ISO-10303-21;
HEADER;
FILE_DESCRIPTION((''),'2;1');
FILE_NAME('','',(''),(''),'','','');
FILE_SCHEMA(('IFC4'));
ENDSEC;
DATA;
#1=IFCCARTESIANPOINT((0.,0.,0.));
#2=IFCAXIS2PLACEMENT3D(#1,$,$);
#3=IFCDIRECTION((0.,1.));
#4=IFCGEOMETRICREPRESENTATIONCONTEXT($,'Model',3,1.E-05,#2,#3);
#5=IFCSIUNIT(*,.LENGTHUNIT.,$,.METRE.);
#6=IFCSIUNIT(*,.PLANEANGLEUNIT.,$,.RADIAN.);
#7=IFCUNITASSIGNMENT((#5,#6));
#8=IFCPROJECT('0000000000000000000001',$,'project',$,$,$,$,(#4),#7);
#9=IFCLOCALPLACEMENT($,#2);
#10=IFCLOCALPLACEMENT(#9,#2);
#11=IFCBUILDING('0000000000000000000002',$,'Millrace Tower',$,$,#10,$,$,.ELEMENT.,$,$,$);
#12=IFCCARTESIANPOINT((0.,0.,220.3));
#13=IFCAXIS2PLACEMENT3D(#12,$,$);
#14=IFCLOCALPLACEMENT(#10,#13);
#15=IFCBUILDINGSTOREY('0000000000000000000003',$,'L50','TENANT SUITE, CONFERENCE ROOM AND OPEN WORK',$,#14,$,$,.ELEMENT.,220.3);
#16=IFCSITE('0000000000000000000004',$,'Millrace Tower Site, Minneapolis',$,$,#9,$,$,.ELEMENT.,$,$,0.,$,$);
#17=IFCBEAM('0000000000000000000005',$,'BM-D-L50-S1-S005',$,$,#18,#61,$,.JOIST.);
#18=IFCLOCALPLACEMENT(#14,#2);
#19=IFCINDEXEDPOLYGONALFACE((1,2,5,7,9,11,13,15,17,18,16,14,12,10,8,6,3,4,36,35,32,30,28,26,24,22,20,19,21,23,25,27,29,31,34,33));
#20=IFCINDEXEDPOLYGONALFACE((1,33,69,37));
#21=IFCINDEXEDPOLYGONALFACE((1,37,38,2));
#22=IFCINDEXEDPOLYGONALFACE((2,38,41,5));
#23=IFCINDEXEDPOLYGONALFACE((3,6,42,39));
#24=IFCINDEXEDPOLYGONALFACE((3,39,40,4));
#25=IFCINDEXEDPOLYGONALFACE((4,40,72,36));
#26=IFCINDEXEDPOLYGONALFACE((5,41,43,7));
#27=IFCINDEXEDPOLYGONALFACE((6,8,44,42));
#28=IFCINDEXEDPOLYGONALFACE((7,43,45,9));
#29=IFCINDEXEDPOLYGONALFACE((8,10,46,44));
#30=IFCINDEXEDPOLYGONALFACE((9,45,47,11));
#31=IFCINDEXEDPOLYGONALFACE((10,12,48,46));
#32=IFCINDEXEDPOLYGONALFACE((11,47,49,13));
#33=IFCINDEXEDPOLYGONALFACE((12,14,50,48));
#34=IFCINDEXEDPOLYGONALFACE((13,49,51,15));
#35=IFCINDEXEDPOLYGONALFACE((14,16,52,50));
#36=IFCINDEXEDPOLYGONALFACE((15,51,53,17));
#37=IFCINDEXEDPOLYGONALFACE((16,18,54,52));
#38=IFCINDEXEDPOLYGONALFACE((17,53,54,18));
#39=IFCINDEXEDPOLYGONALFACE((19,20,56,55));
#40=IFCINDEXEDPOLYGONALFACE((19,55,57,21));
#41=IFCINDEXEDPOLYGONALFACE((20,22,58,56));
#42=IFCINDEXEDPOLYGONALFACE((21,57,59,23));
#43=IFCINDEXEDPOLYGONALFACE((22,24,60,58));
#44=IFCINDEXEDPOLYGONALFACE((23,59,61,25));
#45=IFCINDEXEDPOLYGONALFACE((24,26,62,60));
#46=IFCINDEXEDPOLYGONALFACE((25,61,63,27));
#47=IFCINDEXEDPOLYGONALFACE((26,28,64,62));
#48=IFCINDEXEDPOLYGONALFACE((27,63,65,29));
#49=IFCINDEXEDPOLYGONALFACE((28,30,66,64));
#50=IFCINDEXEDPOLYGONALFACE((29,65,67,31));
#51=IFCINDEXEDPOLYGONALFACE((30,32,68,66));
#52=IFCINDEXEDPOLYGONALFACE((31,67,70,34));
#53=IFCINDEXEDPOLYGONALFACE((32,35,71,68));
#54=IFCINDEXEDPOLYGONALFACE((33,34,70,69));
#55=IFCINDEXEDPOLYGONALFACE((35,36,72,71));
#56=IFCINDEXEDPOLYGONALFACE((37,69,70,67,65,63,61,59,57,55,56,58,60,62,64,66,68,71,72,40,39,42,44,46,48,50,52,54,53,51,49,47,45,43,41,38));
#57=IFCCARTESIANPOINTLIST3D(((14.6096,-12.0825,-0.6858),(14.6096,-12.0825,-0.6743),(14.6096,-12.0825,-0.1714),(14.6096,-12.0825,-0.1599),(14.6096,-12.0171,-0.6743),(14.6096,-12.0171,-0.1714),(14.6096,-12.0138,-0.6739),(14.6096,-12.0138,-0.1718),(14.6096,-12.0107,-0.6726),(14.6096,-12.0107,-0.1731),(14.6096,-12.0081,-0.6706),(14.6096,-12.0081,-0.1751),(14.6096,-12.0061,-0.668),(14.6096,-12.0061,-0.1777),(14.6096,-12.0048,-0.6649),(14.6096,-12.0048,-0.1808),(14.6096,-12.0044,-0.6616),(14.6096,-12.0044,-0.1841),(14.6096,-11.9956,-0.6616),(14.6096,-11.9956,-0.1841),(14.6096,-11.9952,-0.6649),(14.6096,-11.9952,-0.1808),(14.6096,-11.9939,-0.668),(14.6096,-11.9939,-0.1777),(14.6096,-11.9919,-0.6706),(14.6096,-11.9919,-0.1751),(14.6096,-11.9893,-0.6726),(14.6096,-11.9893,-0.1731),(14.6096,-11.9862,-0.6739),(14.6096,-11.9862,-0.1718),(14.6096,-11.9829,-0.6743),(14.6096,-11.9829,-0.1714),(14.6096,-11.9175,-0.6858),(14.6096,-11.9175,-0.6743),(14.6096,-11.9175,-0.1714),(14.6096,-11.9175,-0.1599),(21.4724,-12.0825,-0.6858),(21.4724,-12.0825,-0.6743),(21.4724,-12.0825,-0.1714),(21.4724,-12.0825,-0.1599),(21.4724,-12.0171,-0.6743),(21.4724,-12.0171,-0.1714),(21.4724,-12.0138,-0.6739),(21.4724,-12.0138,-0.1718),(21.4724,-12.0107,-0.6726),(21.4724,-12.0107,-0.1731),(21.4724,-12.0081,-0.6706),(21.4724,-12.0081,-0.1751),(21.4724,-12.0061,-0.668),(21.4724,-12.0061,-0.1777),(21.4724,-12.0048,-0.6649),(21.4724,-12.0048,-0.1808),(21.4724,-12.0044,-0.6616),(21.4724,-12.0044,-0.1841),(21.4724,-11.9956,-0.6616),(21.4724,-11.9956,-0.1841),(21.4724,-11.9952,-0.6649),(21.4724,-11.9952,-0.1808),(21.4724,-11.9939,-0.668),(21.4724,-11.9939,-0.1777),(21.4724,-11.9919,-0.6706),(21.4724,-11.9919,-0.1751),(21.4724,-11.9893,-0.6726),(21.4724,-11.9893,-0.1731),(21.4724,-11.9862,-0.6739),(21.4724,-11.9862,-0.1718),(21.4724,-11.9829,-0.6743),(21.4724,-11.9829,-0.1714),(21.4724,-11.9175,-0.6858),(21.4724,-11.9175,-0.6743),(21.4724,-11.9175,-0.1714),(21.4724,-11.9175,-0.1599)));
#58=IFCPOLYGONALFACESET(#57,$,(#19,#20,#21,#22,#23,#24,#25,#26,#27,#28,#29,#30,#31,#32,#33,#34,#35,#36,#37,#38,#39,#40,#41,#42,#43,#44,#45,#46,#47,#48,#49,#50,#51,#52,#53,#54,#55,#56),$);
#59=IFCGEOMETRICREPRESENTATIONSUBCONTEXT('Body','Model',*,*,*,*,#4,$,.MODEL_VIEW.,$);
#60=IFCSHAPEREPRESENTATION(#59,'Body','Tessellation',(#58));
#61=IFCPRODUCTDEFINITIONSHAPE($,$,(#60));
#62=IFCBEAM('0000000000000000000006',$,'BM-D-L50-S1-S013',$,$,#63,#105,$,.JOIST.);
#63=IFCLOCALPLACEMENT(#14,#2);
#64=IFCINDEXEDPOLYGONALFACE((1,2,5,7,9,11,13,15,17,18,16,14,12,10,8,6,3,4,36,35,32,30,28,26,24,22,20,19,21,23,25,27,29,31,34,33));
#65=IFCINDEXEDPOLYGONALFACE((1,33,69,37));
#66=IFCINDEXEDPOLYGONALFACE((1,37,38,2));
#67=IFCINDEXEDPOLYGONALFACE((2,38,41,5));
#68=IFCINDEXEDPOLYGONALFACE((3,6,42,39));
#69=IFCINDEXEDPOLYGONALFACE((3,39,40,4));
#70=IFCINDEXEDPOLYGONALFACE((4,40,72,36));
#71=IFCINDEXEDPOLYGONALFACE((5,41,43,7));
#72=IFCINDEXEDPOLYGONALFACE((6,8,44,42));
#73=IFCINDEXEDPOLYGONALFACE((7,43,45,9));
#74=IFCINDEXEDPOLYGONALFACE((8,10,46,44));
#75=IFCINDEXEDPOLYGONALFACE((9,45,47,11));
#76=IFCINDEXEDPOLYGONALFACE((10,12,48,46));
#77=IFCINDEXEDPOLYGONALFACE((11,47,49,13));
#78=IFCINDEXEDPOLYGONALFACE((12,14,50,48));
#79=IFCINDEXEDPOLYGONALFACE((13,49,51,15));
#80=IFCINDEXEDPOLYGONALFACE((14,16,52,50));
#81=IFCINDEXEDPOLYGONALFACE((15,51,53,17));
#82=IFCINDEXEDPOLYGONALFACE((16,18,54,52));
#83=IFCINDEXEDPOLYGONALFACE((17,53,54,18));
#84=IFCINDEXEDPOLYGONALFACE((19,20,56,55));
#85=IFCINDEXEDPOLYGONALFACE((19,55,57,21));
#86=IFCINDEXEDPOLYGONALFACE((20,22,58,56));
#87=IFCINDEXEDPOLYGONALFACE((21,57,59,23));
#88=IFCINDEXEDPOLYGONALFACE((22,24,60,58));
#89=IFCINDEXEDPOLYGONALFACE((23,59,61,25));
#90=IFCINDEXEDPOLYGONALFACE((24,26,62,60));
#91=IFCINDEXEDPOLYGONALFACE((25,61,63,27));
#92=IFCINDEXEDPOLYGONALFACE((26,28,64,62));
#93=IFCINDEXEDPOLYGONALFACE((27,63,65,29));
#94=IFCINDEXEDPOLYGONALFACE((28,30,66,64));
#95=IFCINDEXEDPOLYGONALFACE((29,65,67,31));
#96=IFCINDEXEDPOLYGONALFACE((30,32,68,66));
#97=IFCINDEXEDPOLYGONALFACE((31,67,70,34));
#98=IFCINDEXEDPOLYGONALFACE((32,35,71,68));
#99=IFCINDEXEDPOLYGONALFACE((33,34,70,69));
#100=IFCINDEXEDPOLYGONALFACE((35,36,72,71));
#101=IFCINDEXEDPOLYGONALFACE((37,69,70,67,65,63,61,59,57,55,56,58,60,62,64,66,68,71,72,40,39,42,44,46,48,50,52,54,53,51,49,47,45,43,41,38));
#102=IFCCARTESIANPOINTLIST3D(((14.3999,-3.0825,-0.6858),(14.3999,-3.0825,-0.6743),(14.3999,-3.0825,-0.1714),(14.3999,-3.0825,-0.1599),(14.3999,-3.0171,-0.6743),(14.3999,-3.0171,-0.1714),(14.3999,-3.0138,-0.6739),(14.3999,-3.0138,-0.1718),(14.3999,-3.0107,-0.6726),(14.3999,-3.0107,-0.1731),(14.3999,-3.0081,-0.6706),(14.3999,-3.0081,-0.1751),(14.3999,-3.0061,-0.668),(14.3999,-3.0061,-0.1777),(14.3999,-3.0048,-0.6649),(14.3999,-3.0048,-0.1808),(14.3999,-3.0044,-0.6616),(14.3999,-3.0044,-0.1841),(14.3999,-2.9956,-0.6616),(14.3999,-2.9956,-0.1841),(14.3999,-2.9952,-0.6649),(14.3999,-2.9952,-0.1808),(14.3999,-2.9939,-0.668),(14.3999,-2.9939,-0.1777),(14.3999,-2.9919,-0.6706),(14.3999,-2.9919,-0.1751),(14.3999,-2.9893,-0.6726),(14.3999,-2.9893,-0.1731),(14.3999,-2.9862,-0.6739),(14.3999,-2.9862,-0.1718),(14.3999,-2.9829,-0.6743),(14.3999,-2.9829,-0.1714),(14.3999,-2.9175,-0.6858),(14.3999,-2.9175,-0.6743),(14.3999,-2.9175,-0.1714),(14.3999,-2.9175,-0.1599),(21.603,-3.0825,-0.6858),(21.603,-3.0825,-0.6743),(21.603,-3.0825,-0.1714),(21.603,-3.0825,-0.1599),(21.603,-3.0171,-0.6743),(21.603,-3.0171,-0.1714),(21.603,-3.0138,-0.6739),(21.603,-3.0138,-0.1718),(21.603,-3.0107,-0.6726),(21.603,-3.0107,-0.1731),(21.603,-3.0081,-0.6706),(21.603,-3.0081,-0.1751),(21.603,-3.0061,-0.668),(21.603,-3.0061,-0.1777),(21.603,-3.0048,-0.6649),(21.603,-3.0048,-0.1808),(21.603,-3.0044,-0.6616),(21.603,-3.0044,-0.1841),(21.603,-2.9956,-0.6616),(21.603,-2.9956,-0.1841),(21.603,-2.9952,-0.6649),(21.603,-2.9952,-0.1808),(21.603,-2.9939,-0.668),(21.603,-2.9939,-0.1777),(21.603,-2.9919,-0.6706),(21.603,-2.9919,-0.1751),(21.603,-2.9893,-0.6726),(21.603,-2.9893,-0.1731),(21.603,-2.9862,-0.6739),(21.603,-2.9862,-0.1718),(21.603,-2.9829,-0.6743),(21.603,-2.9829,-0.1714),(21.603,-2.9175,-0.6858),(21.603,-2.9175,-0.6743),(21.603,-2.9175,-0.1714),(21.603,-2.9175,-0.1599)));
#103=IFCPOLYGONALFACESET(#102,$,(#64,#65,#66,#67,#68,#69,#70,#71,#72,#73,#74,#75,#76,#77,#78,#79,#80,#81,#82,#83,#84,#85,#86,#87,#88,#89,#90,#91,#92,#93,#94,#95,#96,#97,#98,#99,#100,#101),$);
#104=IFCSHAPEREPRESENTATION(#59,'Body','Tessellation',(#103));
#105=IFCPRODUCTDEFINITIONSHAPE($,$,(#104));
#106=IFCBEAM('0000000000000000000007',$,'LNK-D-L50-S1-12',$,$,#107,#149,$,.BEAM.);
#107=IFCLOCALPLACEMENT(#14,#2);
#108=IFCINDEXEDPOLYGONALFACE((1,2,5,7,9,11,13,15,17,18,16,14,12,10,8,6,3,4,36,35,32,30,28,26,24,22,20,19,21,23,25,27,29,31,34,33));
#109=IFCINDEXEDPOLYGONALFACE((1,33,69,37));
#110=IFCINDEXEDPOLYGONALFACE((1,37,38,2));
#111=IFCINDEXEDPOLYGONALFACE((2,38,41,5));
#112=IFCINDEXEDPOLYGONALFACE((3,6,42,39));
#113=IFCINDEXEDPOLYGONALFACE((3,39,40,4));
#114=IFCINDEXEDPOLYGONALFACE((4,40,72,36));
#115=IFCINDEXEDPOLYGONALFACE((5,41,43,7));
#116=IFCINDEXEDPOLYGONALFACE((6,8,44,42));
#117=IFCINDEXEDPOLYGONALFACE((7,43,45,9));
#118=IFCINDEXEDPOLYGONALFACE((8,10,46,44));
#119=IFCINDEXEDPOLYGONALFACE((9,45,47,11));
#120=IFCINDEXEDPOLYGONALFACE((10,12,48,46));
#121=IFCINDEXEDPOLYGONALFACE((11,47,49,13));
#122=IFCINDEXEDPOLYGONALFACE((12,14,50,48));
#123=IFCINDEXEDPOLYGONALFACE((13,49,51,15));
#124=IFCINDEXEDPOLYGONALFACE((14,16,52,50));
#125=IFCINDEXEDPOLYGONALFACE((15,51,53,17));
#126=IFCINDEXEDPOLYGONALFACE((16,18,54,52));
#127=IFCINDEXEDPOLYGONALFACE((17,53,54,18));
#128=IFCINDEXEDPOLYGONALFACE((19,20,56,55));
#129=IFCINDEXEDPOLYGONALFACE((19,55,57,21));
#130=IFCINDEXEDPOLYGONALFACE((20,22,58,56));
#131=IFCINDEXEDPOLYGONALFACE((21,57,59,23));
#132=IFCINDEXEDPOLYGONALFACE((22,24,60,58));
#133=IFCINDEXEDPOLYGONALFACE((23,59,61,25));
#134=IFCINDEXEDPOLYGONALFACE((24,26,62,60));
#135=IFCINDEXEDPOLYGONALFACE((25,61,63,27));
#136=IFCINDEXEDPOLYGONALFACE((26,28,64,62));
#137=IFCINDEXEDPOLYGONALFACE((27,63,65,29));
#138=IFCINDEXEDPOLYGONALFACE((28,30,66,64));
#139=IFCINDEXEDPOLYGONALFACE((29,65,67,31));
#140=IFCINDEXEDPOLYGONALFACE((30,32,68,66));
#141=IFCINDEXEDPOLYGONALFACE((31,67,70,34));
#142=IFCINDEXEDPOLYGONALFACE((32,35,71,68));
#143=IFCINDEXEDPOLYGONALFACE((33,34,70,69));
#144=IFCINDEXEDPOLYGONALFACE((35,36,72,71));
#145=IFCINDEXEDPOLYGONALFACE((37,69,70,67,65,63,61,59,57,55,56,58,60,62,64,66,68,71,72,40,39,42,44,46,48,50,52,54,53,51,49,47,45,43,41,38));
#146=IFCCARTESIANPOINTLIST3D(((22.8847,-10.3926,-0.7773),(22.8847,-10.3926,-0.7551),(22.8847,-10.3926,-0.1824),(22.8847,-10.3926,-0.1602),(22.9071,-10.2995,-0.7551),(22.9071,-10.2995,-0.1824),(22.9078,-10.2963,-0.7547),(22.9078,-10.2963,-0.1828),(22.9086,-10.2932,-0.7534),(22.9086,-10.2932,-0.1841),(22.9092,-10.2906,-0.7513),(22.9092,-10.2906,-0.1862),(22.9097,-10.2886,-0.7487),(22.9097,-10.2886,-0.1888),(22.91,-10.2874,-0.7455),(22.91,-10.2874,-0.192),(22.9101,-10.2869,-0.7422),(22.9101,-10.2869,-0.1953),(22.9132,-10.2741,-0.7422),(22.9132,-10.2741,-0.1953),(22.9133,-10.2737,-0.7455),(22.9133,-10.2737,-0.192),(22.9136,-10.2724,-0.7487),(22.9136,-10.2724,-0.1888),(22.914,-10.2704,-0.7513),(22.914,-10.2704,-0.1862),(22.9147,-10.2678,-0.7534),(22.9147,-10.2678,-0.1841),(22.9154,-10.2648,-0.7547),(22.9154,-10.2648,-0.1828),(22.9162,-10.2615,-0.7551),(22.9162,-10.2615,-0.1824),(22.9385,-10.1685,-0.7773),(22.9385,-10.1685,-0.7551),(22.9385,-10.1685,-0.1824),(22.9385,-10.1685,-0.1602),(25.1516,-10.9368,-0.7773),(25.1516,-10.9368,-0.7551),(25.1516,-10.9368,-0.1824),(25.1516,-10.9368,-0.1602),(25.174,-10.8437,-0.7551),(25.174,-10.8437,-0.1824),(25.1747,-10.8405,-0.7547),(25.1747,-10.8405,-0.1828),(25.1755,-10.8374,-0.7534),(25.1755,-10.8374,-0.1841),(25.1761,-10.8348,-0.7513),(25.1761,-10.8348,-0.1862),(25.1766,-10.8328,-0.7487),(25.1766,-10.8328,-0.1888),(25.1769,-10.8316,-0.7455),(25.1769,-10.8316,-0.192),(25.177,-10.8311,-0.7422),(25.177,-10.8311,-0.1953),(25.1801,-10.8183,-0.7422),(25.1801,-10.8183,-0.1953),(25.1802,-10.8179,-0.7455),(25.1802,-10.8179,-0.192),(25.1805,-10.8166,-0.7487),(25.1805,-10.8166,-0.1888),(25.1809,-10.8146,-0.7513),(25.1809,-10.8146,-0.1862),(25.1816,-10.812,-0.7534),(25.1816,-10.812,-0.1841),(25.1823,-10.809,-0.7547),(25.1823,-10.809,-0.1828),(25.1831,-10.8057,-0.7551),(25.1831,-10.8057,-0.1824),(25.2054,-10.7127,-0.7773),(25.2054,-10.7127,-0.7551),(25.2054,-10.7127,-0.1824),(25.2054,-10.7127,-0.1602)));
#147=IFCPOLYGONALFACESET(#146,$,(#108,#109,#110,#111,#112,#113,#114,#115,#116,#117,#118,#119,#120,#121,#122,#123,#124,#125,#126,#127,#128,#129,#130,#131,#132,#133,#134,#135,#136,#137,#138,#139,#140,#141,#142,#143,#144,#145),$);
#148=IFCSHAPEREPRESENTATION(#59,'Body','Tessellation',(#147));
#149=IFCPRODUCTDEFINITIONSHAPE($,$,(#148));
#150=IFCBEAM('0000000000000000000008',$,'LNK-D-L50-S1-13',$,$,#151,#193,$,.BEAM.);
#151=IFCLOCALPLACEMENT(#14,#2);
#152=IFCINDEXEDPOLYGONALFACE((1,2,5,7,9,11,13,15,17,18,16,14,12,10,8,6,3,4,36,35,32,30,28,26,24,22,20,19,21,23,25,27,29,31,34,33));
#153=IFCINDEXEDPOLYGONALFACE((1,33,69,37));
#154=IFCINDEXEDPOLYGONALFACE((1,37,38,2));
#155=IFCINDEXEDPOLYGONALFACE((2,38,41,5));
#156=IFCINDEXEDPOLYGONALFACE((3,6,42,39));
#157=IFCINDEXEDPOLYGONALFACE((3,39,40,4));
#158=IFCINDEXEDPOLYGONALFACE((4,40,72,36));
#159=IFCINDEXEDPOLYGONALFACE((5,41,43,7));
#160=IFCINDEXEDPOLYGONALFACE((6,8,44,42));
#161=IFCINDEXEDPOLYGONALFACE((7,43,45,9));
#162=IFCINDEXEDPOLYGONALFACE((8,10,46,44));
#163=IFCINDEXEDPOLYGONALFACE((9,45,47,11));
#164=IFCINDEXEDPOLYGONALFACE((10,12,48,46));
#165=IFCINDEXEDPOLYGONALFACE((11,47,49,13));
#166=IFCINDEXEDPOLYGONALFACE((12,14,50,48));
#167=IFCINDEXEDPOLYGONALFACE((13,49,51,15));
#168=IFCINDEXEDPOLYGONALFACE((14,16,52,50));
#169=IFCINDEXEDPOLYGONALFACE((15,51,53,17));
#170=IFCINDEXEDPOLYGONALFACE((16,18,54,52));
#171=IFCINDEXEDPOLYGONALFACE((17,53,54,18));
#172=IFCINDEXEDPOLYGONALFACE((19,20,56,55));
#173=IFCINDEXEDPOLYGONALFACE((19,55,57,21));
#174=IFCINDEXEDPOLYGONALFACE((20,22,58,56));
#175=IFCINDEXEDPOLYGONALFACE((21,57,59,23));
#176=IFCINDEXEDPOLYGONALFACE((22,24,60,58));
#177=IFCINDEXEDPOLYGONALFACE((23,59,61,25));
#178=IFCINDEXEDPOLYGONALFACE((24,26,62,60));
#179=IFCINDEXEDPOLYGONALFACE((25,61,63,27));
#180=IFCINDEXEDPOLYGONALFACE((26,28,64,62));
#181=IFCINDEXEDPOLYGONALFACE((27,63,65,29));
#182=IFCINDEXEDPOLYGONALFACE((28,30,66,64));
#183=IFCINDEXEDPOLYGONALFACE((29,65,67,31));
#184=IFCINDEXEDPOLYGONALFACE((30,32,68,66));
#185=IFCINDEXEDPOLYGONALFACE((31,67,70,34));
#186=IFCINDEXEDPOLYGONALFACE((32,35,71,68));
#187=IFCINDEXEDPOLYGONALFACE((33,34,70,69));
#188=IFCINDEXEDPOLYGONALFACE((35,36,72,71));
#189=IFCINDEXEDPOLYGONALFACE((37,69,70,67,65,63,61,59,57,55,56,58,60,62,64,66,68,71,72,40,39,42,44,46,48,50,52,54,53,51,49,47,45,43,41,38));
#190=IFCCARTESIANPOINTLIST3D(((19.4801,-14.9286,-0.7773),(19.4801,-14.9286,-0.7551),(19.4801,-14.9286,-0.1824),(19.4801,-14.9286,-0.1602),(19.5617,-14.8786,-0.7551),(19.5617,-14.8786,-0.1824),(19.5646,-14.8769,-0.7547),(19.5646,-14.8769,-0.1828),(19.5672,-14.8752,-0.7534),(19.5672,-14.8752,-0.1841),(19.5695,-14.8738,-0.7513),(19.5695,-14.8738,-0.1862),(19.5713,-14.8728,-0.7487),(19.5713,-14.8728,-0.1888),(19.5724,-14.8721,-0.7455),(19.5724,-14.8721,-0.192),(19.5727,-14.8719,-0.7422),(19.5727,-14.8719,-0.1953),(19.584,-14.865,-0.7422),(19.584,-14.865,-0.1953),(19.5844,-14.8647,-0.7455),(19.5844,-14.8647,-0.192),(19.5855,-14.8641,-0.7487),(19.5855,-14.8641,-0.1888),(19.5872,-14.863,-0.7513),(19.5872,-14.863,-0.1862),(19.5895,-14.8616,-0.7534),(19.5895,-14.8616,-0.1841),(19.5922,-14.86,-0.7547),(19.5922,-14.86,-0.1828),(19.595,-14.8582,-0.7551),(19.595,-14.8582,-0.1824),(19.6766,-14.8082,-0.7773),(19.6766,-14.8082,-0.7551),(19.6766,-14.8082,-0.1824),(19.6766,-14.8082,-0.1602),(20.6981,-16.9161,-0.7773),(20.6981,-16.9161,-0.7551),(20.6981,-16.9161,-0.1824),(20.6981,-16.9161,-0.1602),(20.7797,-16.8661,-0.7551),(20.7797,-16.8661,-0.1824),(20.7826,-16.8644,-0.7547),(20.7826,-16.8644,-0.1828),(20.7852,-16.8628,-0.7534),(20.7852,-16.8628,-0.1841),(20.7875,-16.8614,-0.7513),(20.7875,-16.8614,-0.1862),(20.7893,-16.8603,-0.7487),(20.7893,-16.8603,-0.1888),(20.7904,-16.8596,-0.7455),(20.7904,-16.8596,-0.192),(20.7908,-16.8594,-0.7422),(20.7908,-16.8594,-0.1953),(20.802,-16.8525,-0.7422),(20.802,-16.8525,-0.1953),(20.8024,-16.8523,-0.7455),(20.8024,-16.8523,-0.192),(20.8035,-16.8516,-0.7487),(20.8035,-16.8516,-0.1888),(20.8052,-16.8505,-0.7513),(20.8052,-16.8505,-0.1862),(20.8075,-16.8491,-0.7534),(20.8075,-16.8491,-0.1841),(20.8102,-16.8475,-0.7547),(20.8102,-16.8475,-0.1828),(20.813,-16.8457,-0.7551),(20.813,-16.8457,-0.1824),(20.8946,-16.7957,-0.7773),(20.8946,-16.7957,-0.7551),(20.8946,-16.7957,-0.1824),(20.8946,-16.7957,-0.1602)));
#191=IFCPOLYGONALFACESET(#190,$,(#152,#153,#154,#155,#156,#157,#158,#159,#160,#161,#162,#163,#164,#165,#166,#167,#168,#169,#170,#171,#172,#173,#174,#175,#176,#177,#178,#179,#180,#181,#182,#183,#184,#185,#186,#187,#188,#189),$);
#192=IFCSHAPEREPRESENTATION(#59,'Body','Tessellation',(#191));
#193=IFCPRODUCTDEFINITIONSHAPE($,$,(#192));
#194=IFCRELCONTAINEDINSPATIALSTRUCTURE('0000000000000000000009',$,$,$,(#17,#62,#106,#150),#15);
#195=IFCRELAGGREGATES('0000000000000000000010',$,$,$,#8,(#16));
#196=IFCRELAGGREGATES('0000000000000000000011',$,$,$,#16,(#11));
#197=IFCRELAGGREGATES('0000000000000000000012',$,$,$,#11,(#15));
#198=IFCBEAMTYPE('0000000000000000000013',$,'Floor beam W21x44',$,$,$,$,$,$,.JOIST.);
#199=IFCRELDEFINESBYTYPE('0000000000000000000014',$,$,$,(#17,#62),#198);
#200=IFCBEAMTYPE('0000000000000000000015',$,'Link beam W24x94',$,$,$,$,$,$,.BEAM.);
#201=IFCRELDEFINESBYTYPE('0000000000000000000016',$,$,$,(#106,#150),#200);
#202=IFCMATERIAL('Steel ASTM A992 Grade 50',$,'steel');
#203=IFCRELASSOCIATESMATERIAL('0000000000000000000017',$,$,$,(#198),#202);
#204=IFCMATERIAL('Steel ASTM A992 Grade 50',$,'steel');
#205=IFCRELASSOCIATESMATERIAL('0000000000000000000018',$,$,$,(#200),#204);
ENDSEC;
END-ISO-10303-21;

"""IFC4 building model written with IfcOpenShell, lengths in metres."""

from ifc_helpers import new_model, si_unit, direction, frame, origin, origin_2d, place, context, subcontext, project, spatial, i_section, extrude, material, material_profile, profile_set, type_object, element, save


model = new_model("IFC4")

# Units and contexts
model_context = context("Model", 3, precision=1e-05, world=origin(), true_north=direction((0.0, 1.0)))
body_context = subcontext(model_context, "Body", "Model", "MODEL_VIEW")
ifc_project = project(units=[si_unit("LENGTHUNIT", "METRE"), si_unit("PLANEANGLEUNIT", "RADIAN")], contexts=[model_context])

# Site, building, storey
site_placement = place(None, origin())
site = spatial("IfcSite", under=ifc_project, at=site_placement, Name="Millrace Tower Site, Minneapolis", CompositionType="ELEMENT", RefElevation=0.0)
building_placement = place(site_placement, origin())
building = spatial("IfcBuilding", under=site, at=building_placement, Name="Millrace Tower", CompositionType="ELEMENT")
storey_placement = place(building_placement, frame((0.0, 0.0, 220.3)))
storey = spatial("IfcBuildingStorey", under=building, at=storey_placement, Name="L50", Description="TENANT SUITE, CONFERENCE ROOM AND OPEN WORK", CompositionType="ELEMENT", Elevation=220.3)

# Beams
ifc_material_1 = material(Name="Steel ASTM A992 Grade 50", Category="steel")
ifc_material_profile_1 = material_profile(ifc_material_1, i_section(OverallWidth=0.165, OverallDepth=0.5259, WebThickness=0.0088, FlangeThickness=0.0115, FilletRadius=0.0127, at=origin_2d()))
ifc_profile_set_1 = profile_set([ifc_material_profile_1], Name="Steel ASTM A992 Grade 50")
beam_type_1 = type_object("IfcBeamType", Name="Floor beam W21x44", PredefinedType="JOIST", material=ifc_profile_set_1)
beam_1_placement = place(storey_placement, frame((14.6096, -12.0, -0.4229), z_axis=(1.0, 0.0, 0.0), x_axis=(0.0, 1.0, 0.0)))
element("IfcBeam", 1, at=beam_1_placement, inside=storey, type_object=beam_type_1, Name="BM-D-L50-S1-S005", PredefinedType="JOIST", context=body_context, shape_type="SweptSolid", body=[
    extrude(i_section(OverallWidth=0.165, OverallDepth=0.5259, WebThickness=0.0088, FlangeThickness=0.0115, FilletRadius=0.0127, at=origin_2d()), origin(), (0.0, 0.0, 1.0), 6.8628),
])
beam_2_placement = place(storey_placement, frame((14.3999, -3.0, -0.4229), z_axis=(1.0, 0.0, 0.0), x_axis=(0.0, 1.0, 0.0)))
element("IfcBeam", 2, at=beam_2_placement, inside=storey, type_object=beam_type_1, Name="BM-D-L50-S1-S013", PredefinedType="JOIST", context=body_context, shape_type="SweptSolid", body=[
    extrude(i_section(OverallWidth=0.165, OverallDepth=0.5259, WebThickness=0.0088, FlangeThickness=0.0115, FilletRadius=0.0127, at=origin_2d()), origin(), (0.0, 0.0, 1.0), 7.2031),
])
ifc_material_2 = material(Name="Steel ASTM A992 Grade 50", Category="steel")
ifc_material_profile_2 = material_profile(ifc_material_2, i_section(OverallWidth=0.2305, OverallDepth=0.6172, WebThickness=0.0132, FlangeThickness=0.0222, FilletRadius=0.0129, at=origin_2d()))
ifc_profile_set_2 = profile_set([ifc_material_profile_2], Name="Steel ASTM A992 Grade 50")
beam_type_2 = type_object("IfcBeamType", Name="Link beam W24x94", PredefinedType="BEAM", material=ifc_profile_set_2)
beam_3_placement = place(storey_placement, frame((22.9116, -10.2805, -0.4688), z_axis=(0.972373, -0.233432, 0.0), x_axis=(0.233432, 0.972373, 0.0)))
element("IfcBeam", 3, at=beam_3_placement, inside=storey, type_object=beam_type_2, Name="LNK-D-L50-S1-12", PredefinedType="BEAM", context=body_context, shape_type="SweptSolid", body=[
    extrude(i_section(OverallWidth=0.2305, OverallDepth=0.6172, WebThickness=0.0132, FlangeThickness=0.0222, FilletRadius=0.0129, at=origin_2d()), origin(), (0.0, 0.0, 1.0), 2.3313),
])
beam_4_placement = place(storey_placement, frame((19.5784, -14.8684, -0.4688), z_axis=(0.522513, -0.852631, 0.0), x_axis=(0.852631, 0.522513, 0.0)))
element("IfcBeam", 4, at=beam_4_placement, inside=storey, type_object=beam_type_2, Name="LNK-D-L50-S1-13", PredefinedType="BEAM", context=body_context, shape_type="SweptSolid", body=[
    extrude(i_section(OverallWidth=0.2305, OverallDepth=0.6172, WebThickness=0.0132, FlangeThickness=0.0222, FilletRadius=0.0129, at=origin_2d()), origin(), (0.0, 0.0, 1.0), 2.3311),
])

save(model, "model.ifc")
